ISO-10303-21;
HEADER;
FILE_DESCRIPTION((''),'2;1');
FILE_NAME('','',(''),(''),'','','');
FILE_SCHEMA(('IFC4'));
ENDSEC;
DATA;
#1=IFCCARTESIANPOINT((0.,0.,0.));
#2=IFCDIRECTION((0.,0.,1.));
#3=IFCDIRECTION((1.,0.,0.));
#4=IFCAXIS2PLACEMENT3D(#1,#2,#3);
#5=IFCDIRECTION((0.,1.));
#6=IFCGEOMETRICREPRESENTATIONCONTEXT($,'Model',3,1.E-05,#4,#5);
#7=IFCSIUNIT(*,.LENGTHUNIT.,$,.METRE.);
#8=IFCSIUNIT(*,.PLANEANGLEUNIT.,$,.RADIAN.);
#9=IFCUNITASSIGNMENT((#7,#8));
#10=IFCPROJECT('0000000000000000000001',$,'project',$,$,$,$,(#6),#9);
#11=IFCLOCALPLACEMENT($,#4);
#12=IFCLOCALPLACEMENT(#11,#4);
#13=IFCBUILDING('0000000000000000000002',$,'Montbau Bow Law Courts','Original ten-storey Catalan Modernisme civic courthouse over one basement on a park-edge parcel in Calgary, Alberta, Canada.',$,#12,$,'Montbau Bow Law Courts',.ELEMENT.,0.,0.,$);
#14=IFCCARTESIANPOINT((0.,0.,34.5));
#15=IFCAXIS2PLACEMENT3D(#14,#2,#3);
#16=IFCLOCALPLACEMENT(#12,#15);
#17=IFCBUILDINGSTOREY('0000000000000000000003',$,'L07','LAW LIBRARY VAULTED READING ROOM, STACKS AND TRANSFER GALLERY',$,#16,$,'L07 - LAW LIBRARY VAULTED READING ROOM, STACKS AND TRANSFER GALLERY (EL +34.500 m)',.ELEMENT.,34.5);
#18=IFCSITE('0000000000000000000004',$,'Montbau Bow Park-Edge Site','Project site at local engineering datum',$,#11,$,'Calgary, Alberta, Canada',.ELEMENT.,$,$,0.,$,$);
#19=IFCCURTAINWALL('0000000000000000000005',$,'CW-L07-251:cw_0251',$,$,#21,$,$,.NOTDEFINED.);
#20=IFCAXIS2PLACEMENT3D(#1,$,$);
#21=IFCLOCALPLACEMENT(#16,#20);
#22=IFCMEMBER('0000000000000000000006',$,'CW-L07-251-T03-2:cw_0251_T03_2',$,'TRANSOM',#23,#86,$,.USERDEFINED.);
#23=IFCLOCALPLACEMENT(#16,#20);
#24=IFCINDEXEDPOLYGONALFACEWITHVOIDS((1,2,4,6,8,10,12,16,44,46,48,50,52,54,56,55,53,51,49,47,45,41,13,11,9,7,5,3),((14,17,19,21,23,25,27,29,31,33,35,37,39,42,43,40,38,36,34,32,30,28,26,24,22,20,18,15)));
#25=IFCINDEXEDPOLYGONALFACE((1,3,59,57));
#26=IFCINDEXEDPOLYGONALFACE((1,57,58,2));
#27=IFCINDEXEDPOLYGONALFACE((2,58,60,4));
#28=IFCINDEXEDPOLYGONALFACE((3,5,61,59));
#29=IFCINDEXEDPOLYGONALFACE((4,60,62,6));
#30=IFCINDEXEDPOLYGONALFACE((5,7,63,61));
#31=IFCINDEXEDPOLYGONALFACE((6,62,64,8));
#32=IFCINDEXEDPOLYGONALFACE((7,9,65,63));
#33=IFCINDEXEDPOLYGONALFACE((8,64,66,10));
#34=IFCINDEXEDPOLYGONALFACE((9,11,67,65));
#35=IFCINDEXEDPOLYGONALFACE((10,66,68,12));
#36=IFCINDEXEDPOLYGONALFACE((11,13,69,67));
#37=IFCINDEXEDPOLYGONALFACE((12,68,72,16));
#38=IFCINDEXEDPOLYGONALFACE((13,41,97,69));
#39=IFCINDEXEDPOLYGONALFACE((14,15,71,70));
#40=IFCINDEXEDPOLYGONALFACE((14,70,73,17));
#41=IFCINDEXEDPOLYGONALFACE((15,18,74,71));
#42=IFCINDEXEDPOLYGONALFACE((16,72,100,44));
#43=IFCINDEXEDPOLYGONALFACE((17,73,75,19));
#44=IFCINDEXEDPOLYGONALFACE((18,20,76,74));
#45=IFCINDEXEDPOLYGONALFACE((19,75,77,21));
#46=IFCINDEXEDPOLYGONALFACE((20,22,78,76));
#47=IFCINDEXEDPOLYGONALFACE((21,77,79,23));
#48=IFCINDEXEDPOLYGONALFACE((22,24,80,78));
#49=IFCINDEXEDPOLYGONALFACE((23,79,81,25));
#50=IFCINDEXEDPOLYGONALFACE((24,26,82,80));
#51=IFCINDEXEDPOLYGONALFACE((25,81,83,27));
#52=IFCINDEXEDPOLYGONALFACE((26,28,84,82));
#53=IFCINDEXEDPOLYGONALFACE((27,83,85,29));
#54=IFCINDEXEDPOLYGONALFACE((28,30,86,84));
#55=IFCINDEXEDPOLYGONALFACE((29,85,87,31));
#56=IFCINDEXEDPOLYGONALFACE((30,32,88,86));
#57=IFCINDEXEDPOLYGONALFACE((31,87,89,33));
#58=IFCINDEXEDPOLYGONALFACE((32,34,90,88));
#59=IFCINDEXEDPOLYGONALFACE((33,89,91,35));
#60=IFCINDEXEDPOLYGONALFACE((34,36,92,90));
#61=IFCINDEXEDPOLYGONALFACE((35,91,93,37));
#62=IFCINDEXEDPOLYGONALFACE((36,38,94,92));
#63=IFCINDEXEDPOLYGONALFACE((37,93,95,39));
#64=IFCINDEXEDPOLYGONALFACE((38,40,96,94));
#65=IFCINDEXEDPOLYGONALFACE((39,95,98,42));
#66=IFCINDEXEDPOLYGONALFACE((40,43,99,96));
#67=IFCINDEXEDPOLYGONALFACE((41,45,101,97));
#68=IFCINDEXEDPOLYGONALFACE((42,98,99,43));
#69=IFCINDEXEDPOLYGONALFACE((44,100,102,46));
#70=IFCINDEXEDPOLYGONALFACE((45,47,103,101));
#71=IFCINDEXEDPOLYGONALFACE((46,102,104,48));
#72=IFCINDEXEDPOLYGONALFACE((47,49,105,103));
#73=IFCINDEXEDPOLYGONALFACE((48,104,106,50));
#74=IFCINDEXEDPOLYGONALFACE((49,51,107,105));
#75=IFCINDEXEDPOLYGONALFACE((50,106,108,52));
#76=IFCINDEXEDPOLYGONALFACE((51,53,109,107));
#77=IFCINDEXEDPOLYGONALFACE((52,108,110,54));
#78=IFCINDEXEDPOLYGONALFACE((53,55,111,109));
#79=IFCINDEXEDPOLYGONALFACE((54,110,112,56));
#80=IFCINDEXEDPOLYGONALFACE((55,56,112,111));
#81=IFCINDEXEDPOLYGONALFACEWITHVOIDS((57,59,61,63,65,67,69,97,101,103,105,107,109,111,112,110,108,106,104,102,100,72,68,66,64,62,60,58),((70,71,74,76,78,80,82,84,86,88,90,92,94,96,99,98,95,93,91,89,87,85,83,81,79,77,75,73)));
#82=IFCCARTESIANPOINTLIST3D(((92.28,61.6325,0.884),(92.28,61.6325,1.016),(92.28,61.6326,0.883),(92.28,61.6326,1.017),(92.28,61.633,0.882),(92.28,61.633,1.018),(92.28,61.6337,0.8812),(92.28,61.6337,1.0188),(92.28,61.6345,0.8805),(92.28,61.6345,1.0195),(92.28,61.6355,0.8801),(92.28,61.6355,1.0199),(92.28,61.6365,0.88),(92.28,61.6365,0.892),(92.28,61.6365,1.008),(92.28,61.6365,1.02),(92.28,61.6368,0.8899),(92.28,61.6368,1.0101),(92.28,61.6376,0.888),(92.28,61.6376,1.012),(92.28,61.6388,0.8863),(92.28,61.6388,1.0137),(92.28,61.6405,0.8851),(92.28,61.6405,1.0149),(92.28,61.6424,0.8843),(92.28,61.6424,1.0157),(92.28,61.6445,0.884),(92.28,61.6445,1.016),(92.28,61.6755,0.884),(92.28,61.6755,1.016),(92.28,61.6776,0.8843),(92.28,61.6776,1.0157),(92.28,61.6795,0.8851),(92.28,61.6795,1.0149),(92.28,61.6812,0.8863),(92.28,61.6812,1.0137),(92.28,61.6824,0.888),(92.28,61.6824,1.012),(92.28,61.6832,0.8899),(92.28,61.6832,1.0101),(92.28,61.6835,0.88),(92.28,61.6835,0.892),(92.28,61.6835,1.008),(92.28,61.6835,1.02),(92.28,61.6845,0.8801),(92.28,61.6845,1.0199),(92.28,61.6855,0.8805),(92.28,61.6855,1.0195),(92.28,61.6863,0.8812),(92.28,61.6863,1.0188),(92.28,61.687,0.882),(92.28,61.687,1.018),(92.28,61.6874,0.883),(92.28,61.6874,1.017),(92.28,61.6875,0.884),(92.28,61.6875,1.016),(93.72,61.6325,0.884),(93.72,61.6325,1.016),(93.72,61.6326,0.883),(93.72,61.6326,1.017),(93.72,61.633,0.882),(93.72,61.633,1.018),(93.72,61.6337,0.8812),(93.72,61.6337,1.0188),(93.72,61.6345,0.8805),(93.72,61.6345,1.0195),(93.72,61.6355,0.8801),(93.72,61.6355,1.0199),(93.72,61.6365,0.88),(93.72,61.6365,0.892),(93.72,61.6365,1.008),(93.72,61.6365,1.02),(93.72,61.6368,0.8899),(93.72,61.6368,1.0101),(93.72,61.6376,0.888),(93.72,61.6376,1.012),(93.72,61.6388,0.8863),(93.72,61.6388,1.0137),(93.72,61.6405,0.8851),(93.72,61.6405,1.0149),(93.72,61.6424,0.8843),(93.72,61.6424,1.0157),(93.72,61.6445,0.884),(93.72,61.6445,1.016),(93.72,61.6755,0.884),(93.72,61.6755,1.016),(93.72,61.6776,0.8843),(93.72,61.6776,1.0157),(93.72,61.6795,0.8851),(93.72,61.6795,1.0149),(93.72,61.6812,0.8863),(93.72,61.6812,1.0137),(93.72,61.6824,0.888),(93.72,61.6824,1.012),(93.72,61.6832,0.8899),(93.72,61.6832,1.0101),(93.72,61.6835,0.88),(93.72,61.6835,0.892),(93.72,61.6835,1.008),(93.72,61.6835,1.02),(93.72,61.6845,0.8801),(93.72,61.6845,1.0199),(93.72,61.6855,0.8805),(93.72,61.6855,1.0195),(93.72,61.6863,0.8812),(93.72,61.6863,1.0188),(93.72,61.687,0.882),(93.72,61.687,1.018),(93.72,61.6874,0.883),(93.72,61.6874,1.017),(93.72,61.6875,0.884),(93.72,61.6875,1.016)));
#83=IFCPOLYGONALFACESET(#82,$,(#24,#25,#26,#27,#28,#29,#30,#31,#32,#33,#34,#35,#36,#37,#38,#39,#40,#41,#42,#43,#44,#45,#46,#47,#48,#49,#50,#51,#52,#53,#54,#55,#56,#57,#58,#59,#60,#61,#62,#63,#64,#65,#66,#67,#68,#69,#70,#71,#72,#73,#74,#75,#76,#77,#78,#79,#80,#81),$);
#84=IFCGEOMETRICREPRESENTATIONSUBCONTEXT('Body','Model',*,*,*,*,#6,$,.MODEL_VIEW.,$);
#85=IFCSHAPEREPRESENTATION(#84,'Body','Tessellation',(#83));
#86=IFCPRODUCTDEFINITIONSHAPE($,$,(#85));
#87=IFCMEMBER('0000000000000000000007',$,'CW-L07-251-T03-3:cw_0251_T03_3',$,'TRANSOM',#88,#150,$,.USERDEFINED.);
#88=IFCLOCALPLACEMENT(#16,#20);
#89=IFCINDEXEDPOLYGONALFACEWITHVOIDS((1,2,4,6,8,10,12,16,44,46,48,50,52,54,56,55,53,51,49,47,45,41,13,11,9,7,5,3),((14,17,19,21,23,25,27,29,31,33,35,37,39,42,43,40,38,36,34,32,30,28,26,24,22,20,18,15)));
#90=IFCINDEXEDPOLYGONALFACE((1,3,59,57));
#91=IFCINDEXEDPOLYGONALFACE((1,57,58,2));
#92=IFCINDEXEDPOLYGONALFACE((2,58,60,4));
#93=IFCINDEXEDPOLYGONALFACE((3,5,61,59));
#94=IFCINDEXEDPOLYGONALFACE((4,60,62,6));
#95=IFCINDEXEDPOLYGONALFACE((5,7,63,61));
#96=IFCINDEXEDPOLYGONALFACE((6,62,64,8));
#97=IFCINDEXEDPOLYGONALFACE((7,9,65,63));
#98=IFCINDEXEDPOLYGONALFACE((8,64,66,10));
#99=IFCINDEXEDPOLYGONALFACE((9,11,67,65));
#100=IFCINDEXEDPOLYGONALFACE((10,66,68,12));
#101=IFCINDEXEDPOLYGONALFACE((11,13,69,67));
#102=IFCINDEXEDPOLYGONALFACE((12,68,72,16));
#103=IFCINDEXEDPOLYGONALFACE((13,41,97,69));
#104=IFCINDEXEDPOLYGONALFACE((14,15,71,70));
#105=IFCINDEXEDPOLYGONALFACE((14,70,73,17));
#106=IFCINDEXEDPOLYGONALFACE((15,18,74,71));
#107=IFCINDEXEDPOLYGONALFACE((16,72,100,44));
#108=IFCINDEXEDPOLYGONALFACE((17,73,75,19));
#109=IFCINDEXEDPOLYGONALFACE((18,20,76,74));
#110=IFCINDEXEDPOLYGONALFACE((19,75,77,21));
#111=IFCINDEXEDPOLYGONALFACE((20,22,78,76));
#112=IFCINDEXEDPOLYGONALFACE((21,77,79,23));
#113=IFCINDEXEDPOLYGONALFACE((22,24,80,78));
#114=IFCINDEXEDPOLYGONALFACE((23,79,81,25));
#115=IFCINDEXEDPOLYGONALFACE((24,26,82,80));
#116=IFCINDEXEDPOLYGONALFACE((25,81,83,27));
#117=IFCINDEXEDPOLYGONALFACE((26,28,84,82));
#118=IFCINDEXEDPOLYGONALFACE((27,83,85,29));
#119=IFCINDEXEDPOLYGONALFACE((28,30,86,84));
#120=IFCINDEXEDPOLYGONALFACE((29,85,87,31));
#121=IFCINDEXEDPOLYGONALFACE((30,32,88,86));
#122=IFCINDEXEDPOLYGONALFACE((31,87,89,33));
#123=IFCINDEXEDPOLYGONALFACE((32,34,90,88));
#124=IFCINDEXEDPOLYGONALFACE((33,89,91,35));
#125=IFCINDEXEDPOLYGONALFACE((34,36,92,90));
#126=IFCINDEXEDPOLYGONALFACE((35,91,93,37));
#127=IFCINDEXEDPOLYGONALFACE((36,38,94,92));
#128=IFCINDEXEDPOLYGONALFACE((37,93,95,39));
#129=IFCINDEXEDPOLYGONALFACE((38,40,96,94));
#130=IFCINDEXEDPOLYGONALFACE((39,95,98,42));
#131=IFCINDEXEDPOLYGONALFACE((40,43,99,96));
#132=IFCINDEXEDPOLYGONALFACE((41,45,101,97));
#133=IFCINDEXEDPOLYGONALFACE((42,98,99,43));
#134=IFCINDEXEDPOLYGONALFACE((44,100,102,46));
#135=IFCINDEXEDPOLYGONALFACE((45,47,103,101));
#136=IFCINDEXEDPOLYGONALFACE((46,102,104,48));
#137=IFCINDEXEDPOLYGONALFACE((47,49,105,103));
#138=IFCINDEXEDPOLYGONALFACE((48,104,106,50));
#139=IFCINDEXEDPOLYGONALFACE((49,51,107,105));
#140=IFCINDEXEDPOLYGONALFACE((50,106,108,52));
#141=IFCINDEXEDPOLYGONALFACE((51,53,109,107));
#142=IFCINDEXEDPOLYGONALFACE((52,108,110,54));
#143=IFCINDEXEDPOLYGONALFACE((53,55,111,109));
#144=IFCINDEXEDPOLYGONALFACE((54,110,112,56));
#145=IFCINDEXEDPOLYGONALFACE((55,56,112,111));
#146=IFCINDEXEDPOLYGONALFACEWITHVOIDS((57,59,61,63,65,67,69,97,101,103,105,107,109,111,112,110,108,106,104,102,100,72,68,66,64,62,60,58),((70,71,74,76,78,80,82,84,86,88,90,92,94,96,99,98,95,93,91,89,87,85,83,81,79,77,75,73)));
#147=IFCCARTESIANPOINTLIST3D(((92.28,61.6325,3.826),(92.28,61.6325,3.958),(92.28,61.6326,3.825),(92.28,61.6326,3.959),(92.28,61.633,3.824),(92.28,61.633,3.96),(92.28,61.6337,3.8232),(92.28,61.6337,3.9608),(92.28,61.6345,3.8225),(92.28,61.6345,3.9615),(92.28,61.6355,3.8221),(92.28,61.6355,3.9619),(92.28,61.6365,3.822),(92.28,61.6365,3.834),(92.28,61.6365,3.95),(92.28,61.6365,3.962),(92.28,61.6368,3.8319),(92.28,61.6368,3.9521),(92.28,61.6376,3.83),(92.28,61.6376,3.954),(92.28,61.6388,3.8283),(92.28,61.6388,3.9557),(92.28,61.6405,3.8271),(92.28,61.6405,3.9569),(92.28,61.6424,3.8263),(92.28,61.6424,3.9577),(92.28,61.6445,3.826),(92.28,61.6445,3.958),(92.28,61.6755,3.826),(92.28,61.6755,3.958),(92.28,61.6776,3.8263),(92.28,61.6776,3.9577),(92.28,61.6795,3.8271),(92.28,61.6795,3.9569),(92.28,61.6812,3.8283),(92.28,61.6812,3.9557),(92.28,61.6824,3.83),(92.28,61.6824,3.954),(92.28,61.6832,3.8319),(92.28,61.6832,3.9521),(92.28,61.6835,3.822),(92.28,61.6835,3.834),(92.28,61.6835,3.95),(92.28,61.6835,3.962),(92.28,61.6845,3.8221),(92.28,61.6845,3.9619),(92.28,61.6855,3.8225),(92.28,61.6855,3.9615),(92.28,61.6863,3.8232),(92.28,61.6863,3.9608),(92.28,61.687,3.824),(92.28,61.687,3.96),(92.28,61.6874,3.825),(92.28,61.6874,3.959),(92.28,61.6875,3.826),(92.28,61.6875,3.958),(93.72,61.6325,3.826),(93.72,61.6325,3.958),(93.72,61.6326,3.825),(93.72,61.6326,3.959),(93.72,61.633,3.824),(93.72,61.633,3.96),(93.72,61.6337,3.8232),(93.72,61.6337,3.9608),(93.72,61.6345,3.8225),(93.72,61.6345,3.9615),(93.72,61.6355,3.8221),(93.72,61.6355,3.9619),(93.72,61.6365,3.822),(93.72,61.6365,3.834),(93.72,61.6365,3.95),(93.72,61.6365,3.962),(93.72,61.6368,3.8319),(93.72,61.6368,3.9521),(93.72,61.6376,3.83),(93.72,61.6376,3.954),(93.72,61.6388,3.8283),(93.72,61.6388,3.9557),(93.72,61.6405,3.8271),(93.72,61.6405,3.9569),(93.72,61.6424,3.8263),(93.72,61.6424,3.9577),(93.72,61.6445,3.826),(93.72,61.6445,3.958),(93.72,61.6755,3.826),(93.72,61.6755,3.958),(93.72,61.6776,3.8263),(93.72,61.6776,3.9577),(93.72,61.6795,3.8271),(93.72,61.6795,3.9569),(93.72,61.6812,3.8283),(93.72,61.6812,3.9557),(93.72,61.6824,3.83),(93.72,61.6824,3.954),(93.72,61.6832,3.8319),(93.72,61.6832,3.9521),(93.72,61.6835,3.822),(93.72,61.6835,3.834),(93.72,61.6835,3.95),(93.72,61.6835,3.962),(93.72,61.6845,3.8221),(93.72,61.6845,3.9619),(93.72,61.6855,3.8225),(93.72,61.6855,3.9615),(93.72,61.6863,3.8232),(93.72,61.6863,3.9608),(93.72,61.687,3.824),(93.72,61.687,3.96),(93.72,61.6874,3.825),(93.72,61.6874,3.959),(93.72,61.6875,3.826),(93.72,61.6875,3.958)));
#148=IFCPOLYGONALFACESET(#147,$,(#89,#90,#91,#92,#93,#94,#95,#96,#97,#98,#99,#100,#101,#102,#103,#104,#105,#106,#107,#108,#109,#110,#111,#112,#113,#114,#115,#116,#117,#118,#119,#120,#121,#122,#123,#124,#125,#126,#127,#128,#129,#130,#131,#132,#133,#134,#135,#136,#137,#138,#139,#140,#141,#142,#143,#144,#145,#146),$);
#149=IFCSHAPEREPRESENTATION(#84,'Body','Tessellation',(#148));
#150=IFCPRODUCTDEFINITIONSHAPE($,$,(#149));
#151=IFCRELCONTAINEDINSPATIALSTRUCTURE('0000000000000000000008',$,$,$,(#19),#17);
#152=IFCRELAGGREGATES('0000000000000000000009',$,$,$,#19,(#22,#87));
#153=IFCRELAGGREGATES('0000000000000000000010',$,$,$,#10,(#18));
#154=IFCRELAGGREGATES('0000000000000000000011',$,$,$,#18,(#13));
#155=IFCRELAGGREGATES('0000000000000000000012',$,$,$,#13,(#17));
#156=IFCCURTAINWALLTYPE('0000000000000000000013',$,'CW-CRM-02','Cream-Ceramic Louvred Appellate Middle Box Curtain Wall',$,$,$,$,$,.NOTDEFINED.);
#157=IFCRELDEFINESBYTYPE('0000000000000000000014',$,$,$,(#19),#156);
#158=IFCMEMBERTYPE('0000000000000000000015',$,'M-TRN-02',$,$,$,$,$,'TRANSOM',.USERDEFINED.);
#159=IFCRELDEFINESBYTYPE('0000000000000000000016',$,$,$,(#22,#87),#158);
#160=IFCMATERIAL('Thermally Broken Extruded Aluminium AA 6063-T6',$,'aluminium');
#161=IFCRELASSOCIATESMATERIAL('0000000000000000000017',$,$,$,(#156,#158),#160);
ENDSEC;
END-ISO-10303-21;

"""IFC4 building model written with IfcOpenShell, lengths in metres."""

from ifc_helpers import new_model, si_unit, direction, frame, origin_with_axes, origin_2d_with_axis, place, context, subcontext, project, spatial, hollow_rectangle, extrude, material, material_profile, profile_set, type_object, element, aggregate, save


model = new_model("IFC4")

# Units and contexts
model_context = context("Model", 3, precision=1e-05, world=origin_with_axes(), true_north=direction((0.0, 1.0)))
body_context = subcontext(model_context, "Body", "Model", "MODEL_VIEW")
ifc_project = project(units=[si_unit("LENGTHUNIT", "METRE"), si_unit("PLANEANGLEUNIT", "RADIAN")], contexts=[model_context])

# Site, building, storey
site_placement = place(None, origin_with_axes())
site = spatial("IfcSite", under=ifc_project, at=site_placement, Name="Montbau Bow Park-Edge Site", Description="Project site at local engineering datum", LongName="Calgary, Alberta, Canada", CompositionType="ELEMENT", RefElevation=0.0)
building_placement = place(site_placement, origin_with_axes())
building = spatial("IfcBuilding", under=site, at=building_placement, Name="Montbau Bow Law Courts", Description="Original ten-storey Catalan Modernisme civic courthouse over one basement on a park-edge parcel in Calgary, Alberta, Canada.", LongName="Montbau Bow Law Courts", CompositionType="ELEMENT", ElevationOfRefHeight=0.0, ElevationOfTerrain=0.0)
storey_placement = place(building_placement, frame((0.0, 0.0, 34.5), z_axis=(0.0, 0.0, 1.0), x_axis=(1.0, 0.0, 0.0)))
storey = spatial("IfcBuildingStorey", under=building, at=storey_placement, Name="L07", Description="LAW LIBRARY VAULTED READING ROOM, STACKS AND TRANSFER GALLERY", LongName="L07 - LAW LIBRARY VAULTED READING ROOM, STACKS AND TRANSFER GALLERY (EL +34.500 m)", CompositionType="ELEMENT", Elevation=34.5)

# Curtain wall
ifc_material_1 = material(Name="Thermally Broken Extruded Aluminium AA 6063-T6", Category="aluminium")
curtain_wall_type = type_object("IfcCurtainWallType", Name="CW-CRM-02", Description="Cream-Ceramic Louvred Appellate Middle Box Curtain Wall", PredefinedType="NOTDEFINED", material=ifc_material_1)
curtain_wall_1_placement = place(None, frame((89.24, 61.66, 34.5), z_axis=(0.0, 0.0, 1.0), x_axis=(1.0, 0.0, 0.0)))
curtain_wall_1 = element("IfcCurtainWall", 1, at=curtain_wall_1_placement, inside=storey, type_object=curtain_wall_type, Name="CW-L07-251:cw_0251", PredefinedType="NOTDEFINED")

# Members
ifc_material_profile_1 = material_profile(ifc_material_1, hollow_rectangle(XDim=0.055, YDim=0.14, WallThickness=0.004, InnerFilletRadius=0.008, OuterFilletRadius=0.004, at=origin_2d_with_axis()), Name="CWT-140X55", Category="Main", Priority=0)
ifc_profile_set_1 = profile_set([ifc_material_profile_1], Name="Thermally Broken Extruded Aluminium AA 6063-T6")
member_type_1 = type_object("IfcMemberType", Name="M-TRN-02", ElementType="TRANSOM", PredefinedType="USERDEFINED", material=ifc_profile_set_1)
member_1_placement = place(None, frame((92.28, 61.66, 35.45), z_axis=(1.0, 0.0, 0.0), x_axis=(0.0, 1.0, 0.0)))
member_1 = element("IfcMember", 2, at=member_1_placement, type_object=member_type_1, Name="CW-L07-251-T03-2:cw_0251_T03_2", ObjectType="TRANSOM", PredefinedType="USERDEFINED", context=body_context, shape_type="SweptSolid", body=[
    extrude(hollow_rectangle(XDim=0.055, YDim=0.14, WallThickness=0.004, InnerFilletRadius=0.008, OuterFilletRadius=0.004, at=origin_2d_with_axis()), origin_with_axes(), (0.0, 0.0, 1.0), 1.44),
])
member_2_placement = place(None, frame((92.28, 61.66, 38.392), z_axis=(1.0, 0.0, 0.0), x_axis=(0.0, 1.0, 0.0)))
member_2 = element("IfcMember", 3, at=member_2_placement, type_object=member_type_1, Name="CW-L07-251-T03-3:cw_0251_T03_3", ObjectType="TRANSOM", PredefinedType="USERDEFINED", context=body_context, shape_type="SweptSolid", body=[
    extrude(hollow_rectangle(XDim=0.055, YDim=0.14, WallThickness=0.004, InnerFilletRadius=0.008, OuterFilletRadius=0.004, at=origin_2d_with_axis()), origin_with_axes(), (0.0, 0.0, 1.0), 1.44),
])

aggregate(curtain_wall_1, [member_1, member_2])

save(model, "model.ifc")
